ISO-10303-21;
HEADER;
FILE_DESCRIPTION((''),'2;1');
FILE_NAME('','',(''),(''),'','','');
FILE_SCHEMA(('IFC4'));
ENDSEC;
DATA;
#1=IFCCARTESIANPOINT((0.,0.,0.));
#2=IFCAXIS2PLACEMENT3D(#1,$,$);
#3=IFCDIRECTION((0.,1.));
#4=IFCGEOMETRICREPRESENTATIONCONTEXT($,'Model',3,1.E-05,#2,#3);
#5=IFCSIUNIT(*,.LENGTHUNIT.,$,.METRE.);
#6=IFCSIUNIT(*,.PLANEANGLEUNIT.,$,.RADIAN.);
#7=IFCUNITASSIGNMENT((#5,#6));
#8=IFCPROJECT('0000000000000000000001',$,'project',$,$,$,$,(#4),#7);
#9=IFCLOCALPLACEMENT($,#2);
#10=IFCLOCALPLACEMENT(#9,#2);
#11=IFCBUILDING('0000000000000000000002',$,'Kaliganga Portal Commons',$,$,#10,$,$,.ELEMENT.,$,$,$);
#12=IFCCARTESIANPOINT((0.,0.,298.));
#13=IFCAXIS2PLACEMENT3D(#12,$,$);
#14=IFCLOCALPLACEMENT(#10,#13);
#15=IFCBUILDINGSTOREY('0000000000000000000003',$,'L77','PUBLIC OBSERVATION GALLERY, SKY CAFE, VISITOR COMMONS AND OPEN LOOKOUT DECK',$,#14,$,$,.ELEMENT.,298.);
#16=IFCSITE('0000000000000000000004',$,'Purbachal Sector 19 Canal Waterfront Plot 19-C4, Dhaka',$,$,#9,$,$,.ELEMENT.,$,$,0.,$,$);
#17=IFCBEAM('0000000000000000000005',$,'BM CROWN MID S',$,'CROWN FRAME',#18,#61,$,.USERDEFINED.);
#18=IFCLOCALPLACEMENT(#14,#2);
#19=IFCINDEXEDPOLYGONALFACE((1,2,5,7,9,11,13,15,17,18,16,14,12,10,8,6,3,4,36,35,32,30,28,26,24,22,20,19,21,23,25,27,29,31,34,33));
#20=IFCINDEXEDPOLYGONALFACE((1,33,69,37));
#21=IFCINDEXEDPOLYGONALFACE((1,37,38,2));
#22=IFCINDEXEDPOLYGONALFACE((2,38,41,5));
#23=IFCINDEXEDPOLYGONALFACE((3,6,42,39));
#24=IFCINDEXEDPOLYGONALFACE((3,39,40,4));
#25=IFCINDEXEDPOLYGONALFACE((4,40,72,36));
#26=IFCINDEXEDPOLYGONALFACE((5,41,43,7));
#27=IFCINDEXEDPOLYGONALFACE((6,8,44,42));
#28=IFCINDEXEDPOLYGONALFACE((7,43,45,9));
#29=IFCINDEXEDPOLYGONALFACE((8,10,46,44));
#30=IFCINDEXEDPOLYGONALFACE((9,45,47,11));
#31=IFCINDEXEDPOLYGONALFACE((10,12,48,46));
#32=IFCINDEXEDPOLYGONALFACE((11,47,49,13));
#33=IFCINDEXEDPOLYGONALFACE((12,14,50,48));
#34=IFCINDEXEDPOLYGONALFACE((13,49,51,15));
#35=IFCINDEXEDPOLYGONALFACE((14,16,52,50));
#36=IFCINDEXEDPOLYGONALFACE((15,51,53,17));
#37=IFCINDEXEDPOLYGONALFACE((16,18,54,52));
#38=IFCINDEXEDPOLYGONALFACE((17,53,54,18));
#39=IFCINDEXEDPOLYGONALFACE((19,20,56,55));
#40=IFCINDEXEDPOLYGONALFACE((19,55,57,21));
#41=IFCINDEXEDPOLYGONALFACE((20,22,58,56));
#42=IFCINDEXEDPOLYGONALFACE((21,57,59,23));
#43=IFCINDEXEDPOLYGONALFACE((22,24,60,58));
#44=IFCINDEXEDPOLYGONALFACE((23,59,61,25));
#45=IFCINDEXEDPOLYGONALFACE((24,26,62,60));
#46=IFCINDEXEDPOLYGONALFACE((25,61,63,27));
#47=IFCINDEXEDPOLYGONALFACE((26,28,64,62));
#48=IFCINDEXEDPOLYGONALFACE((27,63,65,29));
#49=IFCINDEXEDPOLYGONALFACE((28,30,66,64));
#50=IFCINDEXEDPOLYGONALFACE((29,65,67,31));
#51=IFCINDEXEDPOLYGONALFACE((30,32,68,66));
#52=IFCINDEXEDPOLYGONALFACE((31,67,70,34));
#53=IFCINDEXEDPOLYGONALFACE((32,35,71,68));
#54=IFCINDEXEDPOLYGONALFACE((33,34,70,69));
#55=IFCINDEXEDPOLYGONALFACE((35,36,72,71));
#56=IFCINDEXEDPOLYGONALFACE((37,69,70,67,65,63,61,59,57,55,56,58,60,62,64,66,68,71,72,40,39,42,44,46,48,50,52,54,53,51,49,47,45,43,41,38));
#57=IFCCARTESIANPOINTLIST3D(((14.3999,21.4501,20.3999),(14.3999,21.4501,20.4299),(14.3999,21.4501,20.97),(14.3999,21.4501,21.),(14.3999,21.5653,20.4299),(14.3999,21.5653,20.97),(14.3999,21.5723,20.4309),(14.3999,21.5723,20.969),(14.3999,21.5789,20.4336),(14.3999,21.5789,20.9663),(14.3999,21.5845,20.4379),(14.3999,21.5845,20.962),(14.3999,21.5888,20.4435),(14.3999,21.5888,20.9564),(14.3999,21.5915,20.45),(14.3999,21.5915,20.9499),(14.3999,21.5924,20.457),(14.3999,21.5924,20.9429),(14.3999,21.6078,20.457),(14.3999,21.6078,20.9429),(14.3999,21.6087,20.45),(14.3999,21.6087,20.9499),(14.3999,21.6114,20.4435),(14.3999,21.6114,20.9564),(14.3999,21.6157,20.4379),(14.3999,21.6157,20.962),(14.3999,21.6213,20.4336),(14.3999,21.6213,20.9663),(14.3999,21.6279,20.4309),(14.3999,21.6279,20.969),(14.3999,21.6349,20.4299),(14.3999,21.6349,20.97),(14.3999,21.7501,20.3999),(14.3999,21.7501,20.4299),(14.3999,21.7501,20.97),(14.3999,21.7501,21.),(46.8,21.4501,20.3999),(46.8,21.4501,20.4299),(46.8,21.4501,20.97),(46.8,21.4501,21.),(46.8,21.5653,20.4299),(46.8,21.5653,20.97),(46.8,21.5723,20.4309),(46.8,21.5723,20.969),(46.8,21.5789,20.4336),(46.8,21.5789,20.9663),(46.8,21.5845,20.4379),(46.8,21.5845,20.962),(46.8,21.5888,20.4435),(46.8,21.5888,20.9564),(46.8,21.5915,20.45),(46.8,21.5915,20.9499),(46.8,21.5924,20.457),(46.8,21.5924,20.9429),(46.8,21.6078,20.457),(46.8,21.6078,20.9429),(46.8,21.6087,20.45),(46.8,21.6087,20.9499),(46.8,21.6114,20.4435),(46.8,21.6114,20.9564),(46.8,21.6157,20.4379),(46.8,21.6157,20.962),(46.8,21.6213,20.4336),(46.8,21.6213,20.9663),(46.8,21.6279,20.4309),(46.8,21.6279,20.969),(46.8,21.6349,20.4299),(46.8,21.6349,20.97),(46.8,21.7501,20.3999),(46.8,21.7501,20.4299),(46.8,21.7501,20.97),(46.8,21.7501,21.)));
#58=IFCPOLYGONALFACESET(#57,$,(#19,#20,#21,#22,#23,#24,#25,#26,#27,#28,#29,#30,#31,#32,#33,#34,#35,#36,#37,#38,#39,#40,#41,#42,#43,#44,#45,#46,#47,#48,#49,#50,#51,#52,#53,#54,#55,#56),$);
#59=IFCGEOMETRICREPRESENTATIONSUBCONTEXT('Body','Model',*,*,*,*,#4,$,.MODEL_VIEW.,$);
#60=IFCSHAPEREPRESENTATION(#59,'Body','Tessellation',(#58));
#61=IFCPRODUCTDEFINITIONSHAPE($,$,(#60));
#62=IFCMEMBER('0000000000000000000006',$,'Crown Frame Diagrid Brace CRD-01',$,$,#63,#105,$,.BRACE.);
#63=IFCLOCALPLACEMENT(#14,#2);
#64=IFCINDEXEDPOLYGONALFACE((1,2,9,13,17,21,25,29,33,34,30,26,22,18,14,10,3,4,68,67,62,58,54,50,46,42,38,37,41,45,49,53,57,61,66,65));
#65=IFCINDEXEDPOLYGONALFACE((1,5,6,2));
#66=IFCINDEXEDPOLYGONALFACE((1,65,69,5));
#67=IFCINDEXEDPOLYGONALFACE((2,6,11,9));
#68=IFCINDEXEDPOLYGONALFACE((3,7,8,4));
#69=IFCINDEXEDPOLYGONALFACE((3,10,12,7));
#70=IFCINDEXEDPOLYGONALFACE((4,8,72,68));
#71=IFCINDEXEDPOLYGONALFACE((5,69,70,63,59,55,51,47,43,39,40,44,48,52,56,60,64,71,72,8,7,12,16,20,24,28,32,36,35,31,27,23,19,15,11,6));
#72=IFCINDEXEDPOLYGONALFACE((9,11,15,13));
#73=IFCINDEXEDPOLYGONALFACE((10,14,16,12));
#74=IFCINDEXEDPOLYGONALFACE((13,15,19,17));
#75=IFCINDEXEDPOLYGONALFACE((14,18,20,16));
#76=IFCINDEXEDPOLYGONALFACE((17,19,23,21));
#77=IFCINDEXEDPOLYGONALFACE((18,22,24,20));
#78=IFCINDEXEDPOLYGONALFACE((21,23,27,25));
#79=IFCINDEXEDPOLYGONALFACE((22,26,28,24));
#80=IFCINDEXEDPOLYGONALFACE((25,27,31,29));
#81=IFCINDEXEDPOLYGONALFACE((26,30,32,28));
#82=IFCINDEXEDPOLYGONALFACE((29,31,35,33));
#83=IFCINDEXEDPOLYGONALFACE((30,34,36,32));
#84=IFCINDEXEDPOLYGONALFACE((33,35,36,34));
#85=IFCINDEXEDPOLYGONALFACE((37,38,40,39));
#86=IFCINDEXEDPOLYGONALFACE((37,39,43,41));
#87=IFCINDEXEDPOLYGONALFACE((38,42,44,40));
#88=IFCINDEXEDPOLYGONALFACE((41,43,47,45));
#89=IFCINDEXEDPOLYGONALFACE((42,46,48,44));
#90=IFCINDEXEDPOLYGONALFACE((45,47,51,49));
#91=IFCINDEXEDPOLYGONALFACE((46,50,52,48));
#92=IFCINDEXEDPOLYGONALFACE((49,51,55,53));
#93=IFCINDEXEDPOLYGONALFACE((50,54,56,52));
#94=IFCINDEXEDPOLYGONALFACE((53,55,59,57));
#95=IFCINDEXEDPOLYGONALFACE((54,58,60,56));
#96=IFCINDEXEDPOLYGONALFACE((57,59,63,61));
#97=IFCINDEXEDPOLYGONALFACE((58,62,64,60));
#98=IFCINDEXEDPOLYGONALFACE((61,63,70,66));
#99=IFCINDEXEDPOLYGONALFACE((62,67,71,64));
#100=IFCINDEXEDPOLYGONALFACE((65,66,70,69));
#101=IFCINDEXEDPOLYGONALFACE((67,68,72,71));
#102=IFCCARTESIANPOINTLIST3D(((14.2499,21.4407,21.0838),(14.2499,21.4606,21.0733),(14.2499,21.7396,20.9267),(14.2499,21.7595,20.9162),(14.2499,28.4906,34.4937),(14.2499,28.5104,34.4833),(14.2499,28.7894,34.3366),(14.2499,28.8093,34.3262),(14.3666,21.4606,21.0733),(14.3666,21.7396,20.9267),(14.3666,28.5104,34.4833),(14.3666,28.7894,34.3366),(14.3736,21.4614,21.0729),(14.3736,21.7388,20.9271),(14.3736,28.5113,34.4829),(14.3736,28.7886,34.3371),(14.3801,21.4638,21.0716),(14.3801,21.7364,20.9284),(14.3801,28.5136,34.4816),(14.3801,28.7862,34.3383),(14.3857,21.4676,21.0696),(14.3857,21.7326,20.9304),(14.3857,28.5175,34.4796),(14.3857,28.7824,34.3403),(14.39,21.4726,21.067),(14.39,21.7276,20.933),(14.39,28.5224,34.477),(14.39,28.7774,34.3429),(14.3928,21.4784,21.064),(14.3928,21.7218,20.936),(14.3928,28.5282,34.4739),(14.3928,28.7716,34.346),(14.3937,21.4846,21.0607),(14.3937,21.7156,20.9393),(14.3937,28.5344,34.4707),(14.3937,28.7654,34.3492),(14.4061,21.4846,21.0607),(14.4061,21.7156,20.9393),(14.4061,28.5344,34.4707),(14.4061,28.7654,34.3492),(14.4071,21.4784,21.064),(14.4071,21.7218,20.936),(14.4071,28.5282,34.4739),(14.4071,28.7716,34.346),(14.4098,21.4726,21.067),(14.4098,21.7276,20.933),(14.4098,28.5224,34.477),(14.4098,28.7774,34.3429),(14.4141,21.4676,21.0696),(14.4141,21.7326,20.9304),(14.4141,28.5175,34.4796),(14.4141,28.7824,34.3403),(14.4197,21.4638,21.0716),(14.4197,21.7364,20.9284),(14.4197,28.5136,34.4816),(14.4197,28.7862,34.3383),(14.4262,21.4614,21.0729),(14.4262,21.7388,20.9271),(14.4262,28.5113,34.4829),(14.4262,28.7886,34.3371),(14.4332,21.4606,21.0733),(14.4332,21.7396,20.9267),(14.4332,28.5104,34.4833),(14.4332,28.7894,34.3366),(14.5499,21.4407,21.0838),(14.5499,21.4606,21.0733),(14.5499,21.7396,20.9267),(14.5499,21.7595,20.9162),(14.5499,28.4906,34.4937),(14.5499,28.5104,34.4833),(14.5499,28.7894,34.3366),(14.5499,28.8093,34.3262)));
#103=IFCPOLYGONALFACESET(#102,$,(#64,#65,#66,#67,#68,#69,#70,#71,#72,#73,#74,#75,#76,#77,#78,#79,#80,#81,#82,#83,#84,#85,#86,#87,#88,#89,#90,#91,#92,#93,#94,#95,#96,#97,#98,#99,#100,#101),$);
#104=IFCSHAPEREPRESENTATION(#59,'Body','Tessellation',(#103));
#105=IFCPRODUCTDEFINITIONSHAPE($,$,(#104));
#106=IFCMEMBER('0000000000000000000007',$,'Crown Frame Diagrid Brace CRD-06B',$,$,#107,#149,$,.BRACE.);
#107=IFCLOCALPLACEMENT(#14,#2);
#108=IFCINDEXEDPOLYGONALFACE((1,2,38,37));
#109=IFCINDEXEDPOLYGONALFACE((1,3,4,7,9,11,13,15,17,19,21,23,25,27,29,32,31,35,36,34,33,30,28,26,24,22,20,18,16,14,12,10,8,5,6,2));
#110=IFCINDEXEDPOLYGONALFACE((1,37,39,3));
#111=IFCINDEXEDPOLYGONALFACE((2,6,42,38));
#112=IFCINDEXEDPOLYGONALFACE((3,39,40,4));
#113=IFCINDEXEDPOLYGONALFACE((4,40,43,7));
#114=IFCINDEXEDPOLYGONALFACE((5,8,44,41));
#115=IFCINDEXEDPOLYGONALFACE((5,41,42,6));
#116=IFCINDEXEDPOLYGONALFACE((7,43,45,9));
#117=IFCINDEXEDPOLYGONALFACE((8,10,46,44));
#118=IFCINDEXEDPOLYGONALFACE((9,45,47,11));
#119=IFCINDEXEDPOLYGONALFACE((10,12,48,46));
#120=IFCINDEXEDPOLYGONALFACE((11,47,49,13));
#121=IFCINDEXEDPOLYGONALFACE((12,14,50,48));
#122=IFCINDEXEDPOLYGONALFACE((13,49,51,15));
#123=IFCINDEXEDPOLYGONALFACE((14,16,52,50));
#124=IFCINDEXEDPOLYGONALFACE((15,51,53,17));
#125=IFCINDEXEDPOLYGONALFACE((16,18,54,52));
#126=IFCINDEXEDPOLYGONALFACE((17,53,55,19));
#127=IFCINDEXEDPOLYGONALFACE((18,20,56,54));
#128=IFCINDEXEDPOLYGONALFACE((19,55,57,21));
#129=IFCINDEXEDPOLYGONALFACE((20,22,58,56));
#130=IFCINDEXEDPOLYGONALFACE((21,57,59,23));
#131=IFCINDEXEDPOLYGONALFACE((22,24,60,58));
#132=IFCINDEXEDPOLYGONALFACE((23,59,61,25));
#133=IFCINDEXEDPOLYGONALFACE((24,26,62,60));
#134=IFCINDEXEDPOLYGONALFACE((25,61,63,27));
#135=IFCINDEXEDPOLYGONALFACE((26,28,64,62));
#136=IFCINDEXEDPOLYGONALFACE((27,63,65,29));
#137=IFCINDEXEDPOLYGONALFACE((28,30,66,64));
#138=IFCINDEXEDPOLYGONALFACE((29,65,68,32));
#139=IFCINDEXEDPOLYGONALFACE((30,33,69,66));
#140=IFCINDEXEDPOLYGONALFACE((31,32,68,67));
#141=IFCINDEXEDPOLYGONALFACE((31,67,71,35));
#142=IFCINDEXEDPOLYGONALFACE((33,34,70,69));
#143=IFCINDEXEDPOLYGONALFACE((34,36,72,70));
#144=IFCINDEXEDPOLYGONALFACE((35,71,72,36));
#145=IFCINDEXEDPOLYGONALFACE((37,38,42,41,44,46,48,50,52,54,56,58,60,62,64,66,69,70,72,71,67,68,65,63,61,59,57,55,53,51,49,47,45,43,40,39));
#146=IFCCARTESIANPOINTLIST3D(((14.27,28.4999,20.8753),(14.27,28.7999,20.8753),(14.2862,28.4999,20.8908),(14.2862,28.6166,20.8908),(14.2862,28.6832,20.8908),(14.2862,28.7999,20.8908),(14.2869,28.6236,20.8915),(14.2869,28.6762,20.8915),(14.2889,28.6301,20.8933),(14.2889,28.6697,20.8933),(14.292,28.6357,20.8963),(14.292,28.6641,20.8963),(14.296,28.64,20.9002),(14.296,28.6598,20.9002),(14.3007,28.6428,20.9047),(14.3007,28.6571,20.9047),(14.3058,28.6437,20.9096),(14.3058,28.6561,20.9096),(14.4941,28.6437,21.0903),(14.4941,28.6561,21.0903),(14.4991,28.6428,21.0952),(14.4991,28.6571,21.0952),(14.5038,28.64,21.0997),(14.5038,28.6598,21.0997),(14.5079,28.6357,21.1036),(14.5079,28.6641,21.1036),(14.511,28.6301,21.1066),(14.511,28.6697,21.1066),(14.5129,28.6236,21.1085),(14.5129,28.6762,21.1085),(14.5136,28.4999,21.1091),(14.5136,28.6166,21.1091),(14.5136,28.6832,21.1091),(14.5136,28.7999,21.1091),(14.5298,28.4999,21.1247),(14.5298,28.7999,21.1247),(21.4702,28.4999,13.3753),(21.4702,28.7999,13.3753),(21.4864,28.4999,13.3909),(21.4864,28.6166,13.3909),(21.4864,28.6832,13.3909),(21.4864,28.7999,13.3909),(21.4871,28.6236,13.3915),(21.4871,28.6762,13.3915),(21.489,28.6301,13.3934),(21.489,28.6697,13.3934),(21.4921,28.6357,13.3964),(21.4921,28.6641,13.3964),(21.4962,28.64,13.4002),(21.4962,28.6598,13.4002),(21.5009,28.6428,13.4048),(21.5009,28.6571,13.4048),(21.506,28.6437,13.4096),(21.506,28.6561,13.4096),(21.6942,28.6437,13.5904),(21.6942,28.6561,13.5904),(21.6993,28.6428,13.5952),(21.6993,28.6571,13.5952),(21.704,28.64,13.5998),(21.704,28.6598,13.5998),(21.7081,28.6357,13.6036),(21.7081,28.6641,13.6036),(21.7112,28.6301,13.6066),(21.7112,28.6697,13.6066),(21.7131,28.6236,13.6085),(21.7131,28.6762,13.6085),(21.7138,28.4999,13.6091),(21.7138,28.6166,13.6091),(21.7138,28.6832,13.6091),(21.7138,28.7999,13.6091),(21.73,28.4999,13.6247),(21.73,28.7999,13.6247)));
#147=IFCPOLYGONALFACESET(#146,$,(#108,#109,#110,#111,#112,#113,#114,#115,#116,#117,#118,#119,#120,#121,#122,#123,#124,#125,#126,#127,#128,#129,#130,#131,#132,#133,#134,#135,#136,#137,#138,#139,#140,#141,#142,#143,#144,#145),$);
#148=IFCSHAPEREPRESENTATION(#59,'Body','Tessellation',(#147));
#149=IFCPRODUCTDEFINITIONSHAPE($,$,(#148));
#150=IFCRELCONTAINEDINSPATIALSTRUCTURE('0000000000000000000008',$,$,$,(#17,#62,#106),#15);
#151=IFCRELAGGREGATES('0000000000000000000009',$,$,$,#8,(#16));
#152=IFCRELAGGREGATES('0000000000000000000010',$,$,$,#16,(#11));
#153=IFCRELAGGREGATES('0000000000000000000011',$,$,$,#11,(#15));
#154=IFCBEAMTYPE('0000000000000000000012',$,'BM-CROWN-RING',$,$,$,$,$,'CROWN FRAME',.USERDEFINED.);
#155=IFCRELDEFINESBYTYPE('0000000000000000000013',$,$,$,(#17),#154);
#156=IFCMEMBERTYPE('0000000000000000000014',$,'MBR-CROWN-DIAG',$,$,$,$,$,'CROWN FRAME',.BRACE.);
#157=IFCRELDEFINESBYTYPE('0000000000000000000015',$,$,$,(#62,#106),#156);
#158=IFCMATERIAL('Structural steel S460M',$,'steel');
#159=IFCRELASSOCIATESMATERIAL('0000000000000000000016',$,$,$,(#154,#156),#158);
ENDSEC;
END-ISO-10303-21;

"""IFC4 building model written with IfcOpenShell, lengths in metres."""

from ifc_helpers import new_model, si_unit, direction, frame, origin, origin_2d, place, context, subcontext, project, spatial, i_section, extrude, source, transform, mapped, material, material_profile, profile_set, type_object, element, save


model = new_model("IFC4")

# Units and contexts
model_context = context("Model", 3, precision=1e-05, world=origin(), true_north=direction((0.0, 1.0)))
body_context = subcontext(model_context, "Body", "Model", "MODEL_VIEW")
ifc_project = project(units=[si_unit("LENGTHUNIT", "METRE"), si_unit("PLANEANGLEUNIT", "RADIAN")], contexts=[model_context])

# Site, building, storey
site_placement = place(None, origin())
site = spatial("IfcSite", under=ifc_project, at=site_placement, Name="Purbachal Sector 19 Canal Waterfront Plot 19-C4, Dhaka", CompositionType="ELEMENT", RefElevation=0.0)
building_placement = place(site_placement, origin())
building = spatial("IfcBuilding", under=site, at=building_placement, Name="Kaliganga Portal Commons", CompositionType="ELEMENT")
storey_placement = place(building_placement, frame((0.0, 0.0, 298.0)))
storey = spatial("IfcBuildingStorey", under=building, at=storey_placement, Name="L77", Description="PUBLIC OBSERVATION GALLERY, SKY CAFE, VISITOR COMMONS AND OPEN LOOKOUT DECK", CompositionType="ELEMENT", Elevation=298.0)

# Beam
ifc_material_1 = material(Name="Structural steel S460M", Category="steel")
ifc_material_profile_1 = material_profile(ifc_material_1, i_section(OverallWidth=0.3, OverallDepth=0.6001, WebThickness=0.0154, FlangeThickness=0.03, FilletRadius=0.0271, at=origin_2d()), Name="HE 600 B")
ifc_profile_set_1 = profile_set([ifc_material_profile_1], Name="Structural steel S460M wide-flange")
beam_type = type_object("IfcBeamType", Name="BM-CROWN-RING", ElementType="CROWN FRAME", PredefinedType="USERDEFINED", material=ifc_profile_set_1)
shared_shape_1 = source(origin(), body_context, "Body", "SweptSolid", [
    extrude(i_section(OverallWidth=0.3, OverallDepth=0.6001, WebThickness=0.0154, FlangeThickness=0.03, FilletRadius=0.0271, at=origin_2d()), origin(), (0.0, 0.0, 1.0), 32.4001),
])
beam_placement = place(storey_placement, frame((14.3999, 21.6001, 20.7), z_axis=(1.0, 0.0, 0.0), x_axis=(0.0, 1.0, 0.0)))
element("IfcBeam", 1, at=beam_placement, inside=storey, type_object=beam_type, Name="BM CROWN MID S", ObjectType="CROWN FRAME", PredefinedType="USERDEFINED", context=body_context, shape_type="MappedRepresentation", body=[
    mapped(shared_shape_1, transform((0.0, 0.0, 0.0), x_axis=(1.0, 0.0, 0.0), y_axis=(0.0, 1.0, 0.0), z_axis=(0.0, 0.0, 1.0), scale=1.0)),
])

# Members
ifc_material_profile_2 = material_profile(ifc_material_1, i_section(OverallWidth=0.3, OverallDepth=0.3601, WebThickness=0.0125, FlangeThickness=0.0225, FilletRadius=0.0271, at=origin_2d()), Name="HE 360 B")
ifc_profile_set_2 = profile_set([ifc_material_profile_2], Name="Structural steel S460M wide-flange")
member_type_1 = type_object("IfcMemberType", Name="MBR-CROWN-DIAG", ElementType="CROWN FRAME", PredefinedType="BRACE", material=ifc_profile_set_2)
shared_shape_2 = source(origin(), body_context, "Body", "SweptSolid", [
    extrude(i_section(OverallWidth=0.3, OverallDepth=0.3601, WebThickness=0.0125, FlangeThickness=0.0225, FilletRadius=0.0271, at=origin_2d()), origin(), (0.0, 0.0, 1.0), 15.1501),
])
member_1_placement = place(storey_placement, frame((14.3999, 21.6001, 21.0), z_axis=(0.0, 0.465331, 0.885137), x_axis=(-1.0, 0.0, 0.0)))
element("IfcMember", 2, at=member_1_placement, inside=storey, type_object=member_type_1, Name="Crown Frame Diagrid Brace CRD-01", PredefinedType="BRACE", context=body_context, shape_type="MappedRepresentation", body=[
    mapped(shared_shape_2, transform((0.0, 0.0, 0.0), x_axis=(1.0, 0.0, 0.0), y_axis=(0.0, 1.0, 0.0), z_axis=(0.0, 0.0, 1.0), scale=1.0)),
])
shared_shape_3 = source(origin(), body_context, "Body", "SweptSolid", [
    extrude(i_section(OverallWidth=0.3, OverallDepth=0.3601, WebThickness=0.0125, FlangeThickness=0.0225, FilletRadius=0.0271, at=origin_2d()), origin(), (0.0, 0.0, 1.0), 10.3967),
])
member_2_placement = place(storey_placement, frame((21.6001, 28.6499, 13.5), z_axis=(-0.692542, 0.0, 0.721378), x_axis=(0.0, -1.0, 0.0)))
element("IfcMember", 3, at=member_2_placement, inside=storey, type_object=member_type_1, Name="Crown Frame Diagrid Brace CRD-06B", PredefinedType="BRACE", context=body_context, shape_type="MappedRepresentation", body=[
    mapped(shared_shape_3, transform((0.0, 0.0, 0.0), x_axis=(1.0, 0.0, 0.0), y_axis=(0.0, 1.0, 0.0), z_axis=(0.0, 0.0, 1.0), scale=1.0)),
])

save(model, "model.ifc")
